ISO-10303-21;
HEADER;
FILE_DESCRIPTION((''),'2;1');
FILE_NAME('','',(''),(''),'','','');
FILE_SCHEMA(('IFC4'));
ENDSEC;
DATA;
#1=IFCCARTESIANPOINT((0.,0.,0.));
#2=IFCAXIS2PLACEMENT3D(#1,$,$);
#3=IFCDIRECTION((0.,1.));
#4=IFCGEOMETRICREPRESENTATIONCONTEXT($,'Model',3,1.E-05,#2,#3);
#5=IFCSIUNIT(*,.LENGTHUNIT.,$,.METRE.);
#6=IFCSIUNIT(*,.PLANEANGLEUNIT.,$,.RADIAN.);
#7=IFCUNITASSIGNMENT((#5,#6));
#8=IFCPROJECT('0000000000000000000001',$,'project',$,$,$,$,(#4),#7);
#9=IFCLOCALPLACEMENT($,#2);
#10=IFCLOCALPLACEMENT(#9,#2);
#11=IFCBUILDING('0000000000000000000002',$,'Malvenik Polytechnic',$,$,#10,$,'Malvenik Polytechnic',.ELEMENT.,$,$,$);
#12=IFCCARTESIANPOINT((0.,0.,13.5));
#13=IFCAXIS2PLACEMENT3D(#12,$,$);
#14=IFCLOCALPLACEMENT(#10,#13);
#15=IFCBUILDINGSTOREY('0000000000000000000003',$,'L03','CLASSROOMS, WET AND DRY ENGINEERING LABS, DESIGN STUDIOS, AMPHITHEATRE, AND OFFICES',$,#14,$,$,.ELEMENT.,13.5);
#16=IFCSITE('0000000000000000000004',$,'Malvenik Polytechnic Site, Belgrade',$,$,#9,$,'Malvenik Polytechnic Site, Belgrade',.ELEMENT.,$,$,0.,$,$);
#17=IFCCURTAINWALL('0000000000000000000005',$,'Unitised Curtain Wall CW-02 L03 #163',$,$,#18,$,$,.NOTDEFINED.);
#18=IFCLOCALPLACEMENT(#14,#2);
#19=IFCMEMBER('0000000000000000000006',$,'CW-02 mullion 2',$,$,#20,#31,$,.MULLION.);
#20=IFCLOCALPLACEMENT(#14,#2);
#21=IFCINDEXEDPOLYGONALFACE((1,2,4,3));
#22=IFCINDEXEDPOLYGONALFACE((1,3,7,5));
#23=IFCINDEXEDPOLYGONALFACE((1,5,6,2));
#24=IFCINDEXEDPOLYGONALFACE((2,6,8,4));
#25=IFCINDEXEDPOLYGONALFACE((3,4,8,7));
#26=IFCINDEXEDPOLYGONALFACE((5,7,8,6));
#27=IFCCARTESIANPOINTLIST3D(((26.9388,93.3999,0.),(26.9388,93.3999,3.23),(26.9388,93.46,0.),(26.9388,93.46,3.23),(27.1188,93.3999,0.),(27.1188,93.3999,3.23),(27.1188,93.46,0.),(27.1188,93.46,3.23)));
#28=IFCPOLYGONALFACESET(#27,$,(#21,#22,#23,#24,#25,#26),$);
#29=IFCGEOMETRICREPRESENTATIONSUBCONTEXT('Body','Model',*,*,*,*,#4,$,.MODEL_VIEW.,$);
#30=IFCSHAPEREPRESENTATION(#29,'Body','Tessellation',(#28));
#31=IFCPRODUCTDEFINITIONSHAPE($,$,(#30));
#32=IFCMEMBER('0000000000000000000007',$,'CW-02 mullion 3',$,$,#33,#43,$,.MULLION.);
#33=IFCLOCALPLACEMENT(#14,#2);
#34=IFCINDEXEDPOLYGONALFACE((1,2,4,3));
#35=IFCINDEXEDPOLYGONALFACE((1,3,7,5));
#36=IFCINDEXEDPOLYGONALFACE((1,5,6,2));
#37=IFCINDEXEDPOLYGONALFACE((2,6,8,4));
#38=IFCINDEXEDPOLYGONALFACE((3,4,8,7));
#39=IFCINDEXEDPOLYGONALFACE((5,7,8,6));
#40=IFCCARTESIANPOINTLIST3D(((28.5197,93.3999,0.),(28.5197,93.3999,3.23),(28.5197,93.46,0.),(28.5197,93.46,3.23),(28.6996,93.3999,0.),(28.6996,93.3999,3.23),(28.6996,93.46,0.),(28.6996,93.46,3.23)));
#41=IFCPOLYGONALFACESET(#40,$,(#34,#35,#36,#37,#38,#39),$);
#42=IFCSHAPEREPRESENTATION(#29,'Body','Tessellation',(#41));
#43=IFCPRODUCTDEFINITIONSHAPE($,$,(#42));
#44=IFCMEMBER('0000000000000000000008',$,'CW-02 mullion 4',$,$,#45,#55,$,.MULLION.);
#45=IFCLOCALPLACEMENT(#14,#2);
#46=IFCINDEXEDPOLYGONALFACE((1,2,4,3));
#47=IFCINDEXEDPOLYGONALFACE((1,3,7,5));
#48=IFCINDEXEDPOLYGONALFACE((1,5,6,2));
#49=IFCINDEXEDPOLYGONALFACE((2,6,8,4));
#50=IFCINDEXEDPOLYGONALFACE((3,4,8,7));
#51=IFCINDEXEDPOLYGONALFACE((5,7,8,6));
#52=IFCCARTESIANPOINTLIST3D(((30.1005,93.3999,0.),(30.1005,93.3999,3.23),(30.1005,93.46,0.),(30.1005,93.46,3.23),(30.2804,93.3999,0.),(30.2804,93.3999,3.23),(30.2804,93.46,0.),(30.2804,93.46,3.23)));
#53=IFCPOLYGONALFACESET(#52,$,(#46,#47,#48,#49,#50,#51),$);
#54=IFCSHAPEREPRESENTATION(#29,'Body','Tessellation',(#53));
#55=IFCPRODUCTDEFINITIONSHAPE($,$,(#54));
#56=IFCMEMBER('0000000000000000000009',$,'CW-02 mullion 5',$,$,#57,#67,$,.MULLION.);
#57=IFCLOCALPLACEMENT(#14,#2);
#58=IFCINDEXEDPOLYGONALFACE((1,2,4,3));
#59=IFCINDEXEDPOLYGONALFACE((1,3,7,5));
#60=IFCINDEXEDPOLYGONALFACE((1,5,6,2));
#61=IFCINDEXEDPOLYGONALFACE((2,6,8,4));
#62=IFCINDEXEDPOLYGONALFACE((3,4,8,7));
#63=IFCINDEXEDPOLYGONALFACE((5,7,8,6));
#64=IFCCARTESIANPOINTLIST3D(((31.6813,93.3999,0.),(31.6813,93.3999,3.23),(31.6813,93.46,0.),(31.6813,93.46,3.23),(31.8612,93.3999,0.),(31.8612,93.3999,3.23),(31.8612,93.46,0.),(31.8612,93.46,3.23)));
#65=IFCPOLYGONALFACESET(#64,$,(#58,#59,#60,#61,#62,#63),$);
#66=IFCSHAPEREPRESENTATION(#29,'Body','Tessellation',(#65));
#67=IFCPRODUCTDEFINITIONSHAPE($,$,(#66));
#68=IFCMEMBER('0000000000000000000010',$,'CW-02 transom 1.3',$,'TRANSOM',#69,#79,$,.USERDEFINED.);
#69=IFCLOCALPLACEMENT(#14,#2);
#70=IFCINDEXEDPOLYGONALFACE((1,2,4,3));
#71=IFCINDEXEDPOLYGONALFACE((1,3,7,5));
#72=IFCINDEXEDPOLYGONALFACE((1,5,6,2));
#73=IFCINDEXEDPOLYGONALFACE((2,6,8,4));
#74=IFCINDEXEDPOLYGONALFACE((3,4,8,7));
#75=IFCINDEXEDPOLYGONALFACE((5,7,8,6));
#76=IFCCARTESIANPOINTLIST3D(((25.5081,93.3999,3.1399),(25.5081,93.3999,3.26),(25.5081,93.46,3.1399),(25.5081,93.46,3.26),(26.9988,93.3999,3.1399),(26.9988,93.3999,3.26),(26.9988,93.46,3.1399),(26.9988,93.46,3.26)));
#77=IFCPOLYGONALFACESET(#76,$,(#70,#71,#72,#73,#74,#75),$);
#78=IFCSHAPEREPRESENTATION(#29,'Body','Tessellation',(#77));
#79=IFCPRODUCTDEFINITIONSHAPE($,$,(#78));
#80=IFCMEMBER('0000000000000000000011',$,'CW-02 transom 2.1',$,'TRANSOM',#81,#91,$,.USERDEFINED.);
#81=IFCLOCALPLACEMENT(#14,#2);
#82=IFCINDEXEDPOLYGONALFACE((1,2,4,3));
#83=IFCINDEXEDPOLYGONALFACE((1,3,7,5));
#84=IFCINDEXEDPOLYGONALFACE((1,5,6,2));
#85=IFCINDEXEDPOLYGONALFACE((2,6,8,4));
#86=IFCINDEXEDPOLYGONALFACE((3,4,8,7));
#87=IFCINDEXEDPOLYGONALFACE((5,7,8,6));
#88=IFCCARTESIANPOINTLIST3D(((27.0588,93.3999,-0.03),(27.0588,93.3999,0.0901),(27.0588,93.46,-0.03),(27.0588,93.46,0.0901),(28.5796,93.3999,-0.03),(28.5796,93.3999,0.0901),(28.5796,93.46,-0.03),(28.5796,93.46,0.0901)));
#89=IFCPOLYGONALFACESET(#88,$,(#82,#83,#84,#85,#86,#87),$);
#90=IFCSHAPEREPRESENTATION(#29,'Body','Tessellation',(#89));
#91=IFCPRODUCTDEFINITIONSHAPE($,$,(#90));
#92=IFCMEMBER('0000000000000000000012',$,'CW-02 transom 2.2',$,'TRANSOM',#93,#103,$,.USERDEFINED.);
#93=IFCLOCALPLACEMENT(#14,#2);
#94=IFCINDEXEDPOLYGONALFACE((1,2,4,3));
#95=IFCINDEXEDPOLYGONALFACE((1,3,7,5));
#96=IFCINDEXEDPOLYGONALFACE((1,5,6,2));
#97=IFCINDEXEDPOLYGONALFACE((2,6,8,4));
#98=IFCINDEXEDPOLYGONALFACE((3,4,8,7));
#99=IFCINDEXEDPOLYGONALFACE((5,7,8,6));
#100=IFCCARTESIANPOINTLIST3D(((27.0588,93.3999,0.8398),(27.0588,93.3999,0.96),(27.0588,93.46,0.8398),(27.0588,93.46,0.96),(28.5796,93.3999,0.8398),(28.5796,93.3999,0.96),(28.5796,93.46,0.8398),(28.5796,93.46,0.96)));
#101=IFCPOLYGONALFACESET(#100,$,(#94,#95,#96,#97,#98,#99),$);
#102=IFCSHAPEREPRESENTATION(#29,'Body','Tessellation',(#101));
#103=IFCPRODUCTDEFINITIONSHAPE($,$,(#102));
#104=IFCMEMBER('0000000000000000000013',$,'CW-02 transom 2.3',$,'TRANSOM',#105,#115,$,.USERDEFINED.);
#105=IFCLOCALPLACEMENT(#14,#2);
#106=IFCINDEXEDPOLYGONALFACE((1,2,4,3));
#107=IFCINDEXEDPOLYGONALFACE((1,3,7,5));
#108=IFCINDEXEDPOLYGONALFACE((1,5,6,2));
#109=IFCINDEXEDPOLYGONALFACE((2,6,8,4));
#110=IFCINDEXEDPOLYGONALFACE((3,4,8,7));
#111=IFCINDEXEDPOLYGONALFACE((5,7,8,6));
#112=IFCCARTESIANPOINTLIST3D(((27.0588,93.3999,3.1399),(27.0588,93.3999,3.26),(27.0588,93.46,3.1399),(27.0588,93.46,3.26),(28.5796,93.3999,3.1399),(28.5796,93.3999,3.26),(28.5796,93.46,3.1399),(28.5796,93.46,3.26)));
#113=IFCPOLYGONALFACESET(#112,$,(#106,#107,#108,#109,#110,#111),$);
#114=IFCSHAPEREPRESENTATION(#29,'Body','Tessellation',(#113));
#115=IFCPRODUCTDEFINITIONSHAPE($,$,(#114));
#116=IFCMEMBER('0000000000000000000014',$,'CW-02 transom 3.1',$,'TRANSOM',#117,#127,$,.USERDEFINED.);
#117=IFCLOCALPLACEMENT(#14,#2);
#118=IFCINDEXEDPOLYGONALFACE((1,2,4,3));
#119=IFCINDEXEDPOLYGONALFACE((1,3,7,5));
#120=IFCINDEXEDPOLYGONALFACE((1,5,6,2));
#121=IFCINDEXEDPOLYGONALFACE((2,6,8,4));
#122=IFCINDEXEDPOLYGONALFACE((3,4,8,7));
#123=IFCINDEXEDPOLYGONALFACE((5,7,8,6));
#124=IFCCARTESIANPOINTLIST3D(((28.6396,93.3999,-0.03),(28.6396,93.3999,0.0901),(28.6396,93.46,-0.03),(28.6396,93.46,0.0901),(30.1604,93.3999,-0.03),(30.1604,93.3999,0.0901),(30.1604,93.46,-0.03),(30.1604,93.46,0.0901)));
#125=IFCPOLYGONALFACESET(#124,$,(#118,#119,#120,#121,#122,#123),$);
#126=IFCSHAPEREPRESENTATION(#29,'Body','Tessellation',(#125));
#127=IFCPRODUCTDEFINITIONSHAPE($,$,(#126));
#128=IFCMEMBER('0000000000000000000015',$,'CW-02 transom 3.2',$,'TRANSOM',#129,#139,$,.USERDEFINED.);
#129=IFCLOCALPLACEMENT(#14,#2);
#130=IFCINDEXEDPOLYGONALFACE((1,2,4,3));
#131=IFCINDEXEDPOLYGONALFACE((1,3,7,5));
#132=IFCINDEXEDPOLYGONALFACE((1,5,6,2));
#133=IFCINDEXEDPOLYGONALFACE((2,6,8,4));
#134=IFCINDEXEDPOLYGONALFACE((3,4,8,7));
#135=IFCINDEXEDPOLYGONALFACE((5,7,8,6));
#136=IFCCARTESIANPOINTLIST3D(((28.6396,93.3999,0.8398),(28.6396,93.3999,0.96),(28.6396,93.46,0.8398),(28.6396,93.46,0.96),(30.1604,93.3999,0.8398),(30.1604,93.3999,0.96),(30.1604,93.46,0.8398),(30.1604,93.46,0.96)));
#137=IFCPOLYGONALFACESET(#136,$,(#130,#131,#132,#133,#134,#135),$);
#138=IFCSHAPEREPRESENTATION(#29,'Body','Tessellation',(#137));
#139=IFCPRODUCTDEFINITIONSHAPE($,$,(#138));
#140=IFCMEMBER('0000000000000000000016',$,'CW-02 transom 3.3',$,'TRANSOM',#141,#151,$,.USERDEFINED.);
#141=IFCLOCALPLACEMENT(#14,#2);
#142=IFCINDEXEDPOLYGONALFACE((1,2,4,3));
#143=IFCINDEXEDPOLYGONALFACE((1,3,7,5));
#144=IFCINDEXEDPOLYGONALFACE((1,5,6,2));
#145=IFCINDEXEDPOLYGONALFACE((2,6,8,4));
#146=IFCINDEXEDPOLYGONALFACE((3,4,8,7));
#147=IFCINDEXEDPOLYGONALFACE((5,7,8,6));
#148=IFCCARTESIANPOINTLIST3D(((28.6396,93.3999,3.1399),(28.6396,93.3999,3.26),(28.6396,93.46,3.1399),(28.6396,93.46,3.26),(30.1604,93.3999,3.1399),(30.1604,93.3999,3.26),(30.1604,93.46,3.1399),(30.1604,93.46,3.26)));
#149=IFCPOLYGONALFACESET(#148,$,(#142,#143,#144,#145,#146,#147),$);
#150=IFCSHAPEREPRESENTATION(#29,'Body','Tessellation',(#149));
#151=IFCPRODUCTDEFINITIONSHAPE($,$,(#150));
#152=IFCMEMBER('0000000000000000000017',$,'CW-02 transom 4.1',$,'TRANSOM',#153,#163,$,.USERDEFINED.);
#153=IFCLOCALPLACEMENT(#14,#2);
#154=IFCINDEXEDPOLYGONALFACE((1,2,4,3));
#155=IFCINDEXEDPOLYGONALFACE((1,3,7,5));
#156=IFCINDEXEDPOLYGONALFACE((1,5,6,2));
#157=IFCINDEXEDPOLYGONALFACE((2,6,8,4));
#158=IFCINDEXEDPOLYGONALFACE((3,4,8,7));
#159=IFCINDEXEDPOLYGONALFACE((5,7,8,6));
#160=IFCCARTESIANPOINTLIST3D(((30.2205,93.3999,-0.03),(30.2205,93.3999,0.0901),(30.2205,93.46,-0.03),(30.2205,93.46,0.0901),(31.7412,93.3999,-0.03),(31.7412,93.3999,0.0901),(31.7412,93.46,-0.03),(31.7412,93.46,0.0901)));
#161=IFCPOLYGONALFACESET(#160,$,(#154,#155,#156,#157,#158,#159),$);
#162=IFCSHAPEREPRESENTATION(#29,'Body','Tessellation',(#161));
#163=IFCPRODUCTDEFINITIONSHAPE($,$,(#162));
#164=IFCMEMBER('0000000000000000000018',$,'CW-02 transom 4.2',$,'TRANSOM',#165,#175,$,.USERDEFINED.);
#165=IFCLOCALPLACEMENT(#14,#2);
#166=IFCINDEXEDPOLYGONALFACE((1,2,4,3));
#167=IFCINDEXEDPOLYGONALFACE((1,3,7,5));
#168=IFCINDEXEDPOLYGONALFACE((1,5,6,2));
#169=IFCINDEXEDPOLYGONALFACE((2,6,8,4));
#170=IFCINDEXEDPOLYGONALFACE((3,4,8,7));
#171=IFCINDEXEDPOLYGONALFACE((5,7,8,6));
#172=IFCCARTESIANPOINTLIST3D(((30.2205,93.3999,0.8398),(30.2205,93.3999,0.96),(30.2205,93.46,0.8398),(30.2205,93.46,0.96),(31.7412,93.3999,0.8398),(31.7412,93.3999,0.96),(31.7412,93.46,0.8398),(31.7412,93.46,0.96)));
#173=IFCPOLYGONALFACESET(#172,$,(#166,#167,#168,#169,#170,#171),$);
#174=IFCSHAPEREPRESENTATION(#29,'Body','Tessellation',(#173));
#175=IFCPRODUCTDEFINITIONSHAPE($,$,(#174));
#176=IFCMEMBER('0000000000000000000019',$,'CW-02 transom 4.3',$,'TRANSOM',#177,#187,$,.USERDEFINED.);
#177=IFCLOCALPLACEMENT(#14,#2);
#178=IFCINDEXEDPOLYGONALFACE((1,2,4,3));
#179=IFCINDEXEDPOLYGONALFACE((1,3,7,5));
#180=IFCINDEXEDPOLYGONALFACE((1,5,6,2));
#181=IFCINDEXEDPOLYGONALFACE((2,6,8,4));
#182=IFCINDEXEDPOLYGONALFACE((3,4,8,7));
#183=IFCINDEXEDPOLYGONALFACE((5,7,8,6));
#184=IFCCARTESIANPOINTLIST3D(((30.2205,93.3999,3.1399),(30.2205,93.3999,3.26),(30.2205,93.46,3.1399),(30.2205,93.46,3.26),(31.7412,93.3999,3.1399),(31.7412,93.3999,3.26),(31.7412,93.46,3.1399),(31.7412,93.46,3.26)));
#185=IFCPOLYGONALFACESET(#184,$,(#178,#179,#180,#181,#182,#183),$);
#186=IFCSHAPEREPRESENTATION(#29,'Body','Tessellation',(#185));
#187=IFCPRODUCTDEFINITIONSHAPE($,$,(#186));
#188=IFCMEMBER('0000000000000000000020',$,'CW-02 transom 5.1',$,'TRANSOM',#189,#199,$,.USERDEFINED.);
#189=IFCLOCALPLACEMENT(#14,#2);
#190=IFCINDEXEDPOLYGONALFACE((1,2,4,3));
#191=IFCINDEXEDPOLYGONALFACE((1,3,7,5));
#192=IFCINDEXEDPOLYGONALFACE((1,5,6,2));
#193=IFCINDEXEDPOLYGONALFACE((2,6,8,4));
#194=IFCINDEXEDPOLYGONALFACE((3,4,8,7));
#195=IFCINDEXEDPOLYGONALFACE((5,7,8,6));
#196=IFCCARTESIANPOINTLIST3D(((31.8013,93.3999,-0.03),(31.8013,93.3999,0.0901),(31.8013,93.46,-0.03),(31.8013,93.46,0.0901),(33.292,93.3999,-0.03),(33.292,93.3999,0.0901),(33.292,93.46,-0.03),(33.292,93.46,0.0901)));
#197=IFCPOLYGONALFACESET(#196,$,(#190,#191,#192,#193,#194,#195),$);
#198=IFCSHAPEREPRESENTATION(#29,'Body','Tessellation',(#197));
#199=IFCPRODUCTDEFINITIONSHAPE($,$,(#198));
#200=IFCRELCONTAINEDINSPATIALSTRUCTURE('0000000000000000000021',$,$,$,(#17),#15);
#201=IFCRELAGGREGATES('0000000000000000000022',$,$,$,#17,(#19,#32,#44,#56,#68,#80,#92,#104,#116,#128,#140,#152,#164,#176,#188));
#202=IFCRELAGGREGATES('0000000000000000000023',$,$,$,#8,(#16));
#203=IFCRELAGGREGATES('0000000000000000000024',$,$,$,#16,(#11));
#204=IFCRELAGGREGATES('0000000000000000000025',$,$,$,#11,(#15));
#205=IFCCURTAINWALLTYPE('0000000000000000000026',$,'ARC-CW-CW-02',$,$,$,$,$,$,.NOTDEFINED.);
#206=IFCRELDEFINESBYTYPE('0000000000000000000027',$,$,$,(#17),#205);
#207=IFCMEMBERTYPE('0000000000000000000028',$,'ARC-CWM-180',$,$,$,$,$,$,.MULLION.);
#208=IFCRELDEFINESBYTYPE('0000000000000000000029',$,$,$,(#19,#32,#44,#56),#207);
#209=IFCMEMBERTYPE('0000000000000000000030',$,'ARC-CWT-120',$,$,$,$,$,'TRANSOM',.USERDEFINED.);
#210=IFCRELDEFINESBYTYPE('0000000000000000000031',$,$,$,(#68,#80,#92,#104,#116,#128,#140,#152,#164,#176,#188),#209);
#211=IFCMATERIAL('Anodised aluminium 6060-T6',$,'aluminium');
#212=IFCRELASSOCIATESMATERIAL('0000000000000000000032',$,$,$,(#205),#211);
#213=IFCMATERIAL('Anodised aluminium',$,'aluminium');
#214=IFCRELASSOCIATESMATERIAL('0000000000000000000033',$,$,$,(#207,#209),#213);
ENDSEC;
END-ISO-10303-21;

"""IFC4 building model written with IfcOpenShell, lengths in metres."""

from ifc_helpers import new_model, si_unit, direction, frame, origin, origin_2d, place, context, subcontext, project, spatial, rectangle, extrude, material, material_profile, profile_set, type_object, element, aggregate, save


model = new_model("IFC4")

# Units and contexts
model_context = context("Model", 3, precision=1e-05, world=origin(), true_north=direction((0.0, 1.0)))
body_context = subcontext(model_context, "Body", "Model", "MODEL_VIEW")
ifc_project = project(units=[si_unit("LENGTHUNIT", "METRE"), si_unit("PLANEANGLEUNIT", "RADIAN")], contexts=[model_context])

# Site, building, storey
site_placement = place(None, origin())
site = spatial("IfcSite", under=ifc_project, at=site_placement, Name="Malvenik Polytechnic Site, Belgrade", LongName="Malvenik Polytechnic Site, Belgrade", CompositionType="ELEMENT", RefElevation=0.0)
building_placement = place(site_placement, origin())
building = spatial("IfcBuilding", under=site, at=building_placement, Name="Malvenik Polytechnic", LongName="Malvenik Polytechnic", CompositionType="ELEMENT")
storey_placement = place(building_placement, frame((0.0, 0.0, 13.5)))
storey = spatial("IfcBuildingStorey", under=building, at=storey_placement, Name="L03", Description="CLASSROOMS, WET AND DRY ENGINEERING LABS, DESIGN STUDIOS, AMPHITHEATRE, AND OFFICES", CompositionType="ELEMENT", Elevation=13.5)

# Curtain wall, members
ifc_material_1 = material(Name="Anodised aluminium 6060-T6", Category="aluminium")
curtain_wall_type = type_object("IfcCurtainWallType", Name="ARC-CW-CW-02", PredefinedType="NOTDEFINED", material=ifc_material_1)
curtain_wall_placement = place(storey_placement, origin())
curtain_wall = element("IfcCurtainWall", 1, at=curtain_wall_placement, inside=storey, type_object=curtain_wall_type, Name="Unitised Curtain Wall CW-02 L03 #163", PredefinedType="NOTDEFINED")
ifc_material_2 = material(Name="Anodised aluminium", Category="aluminium")
ifc_material_profile_1 = material_profile(ifc_material_2, rectangle(XDim=0.0601, YDim=0.1799, at=origin_2d()), Name="ALU MULLION 60x180")
ifc_profile_set_1 = profile_set([ifc_material_profile_1], Name="Anodised aluminium")
member_type_1 = type_object("IfcMemberType", Name="ARC-CWM-180", PredefinedType="MULLION", material=ifc_profile_set_1)
member_1_placement = place(storey_placement, frame((27.0288, 93.4299, 0.0), z_axis=(0.0, 0.0, 1.0), x_axis=(0.0, 1.0, 0.0)))
member_1 = element("IfcMember", 2, at=member_1_placement, type_object=member_type_1, Name="CW-02 mullion 2", PredefinedType="MULLION", context=body_context, shape_type="SweptSolid", body=[
    extrude(rectangle(XDim=0.0601, YDim=0.1799, at=origin_2d()), origin(), (0.0, 0.0, 1.0), 3.23),
])
member_2_placement = place(storey_placement, frame((28.6096, 93.4299, 0.0), z_axis=(0.0, 0.0, 1.0), x_axis=(0.0, 1.0, 0.0)))
member_2 = element("IfcMember", 3, at=member_2_placement, type_object=member_type_1, Name="CW-02 mullion 3", PredefinedType="MULLION", context=body_context, shape_type="SweptSolid", body=[
    extrude(rectangle(XDim=0.0601, YDim=0.1799, at=origin_2d()), origin(), (0.0, 0.0, 1.0), 3.23),
])
member_3_placement = place(storey_placement, frame((30.1904, 93.4299, 0.0), z_axis=(0.0, 0.0, 1.0), x_axis=(0.0, 1.0, 0.0)))
member_3 = element("IfcMember", 4, at=member_3_placement, type_object=member_type_1, Name="CW-02 mullion 4", PredefinedType="MULLION", context=body_context, shape_type="SweptSolid", body=[
    extrude(rectangle(XDim=0.0601, YDim=0.1799, at=origin_2d()), origin(), (0.0, 0.0, 1.0), 3.23),
])
member_4_placement = place(storey_placement, frame((31.7712, 93.4299, 0.0), z_axis=(0.0, 0.0, 1.0), x_axis=(0.0, 1.0, 0.0)))
member_4 = element("IfcMember", 5, at=member_4_placement, type_object=member_type_1, Name="CW-02 mullion 5", PredefinedType="MULLION", context=body_context, shape_type="SweptSolid", body=[
    extrude(rectangle(XDim=0.0601, YDim=0.1799, at=origin_2d()), origin(), (0.0, 0.0, 1.0), 3.23),
])
ifc_material_profile_2 = material_profile(ifc_material_2, rectangle(XDim=0.0601, YDim=0.1201, at=origin_2d()), Name="ALU TRANSOM 60x120")
ifc_profile_set_2 = profile_set([ifc_material_profile_2], Name="Anodised aluminium")
member_type_2 = type_object("IfcMemberType", Name="ARC-CWT-120", ElementType="TRANSOM", PredefinedType="USERDEFINED", material=ifc_profile_set_2)
member_5_placement = place(storey_placement, frame((25.5081, 93.4299, 3.2), z_axis=(1.0, 0.0, 0.0), x_axis=(0.0, 1.0, 0.0)))
member_5 = element("IfcMember", 6, at=member_5_placement, type_object=member_type_2, Name="CW-02 transom 1.3", ObjectType="TRANSOM", PredefinedType="USERDEFINED", context=body_context, shape_type="SweptSolid", body=[
    extrude(rectangle(XDim=0.0601, YDim=0.1201, at=origin_2d()), origin(), (0.0, 0.0, 1.0), 1.4907),
])
member_6_placement = place(storey_placement, frame((27.0588, 93.4299, 0.03), z_axis=(1.0, 0.0, 0.0), x_axis=(0.0, 1.0, 0.0)))
member_6 = element("IfcMember", 7, at=member_6_placement, type_object=member_type_2, Name="CW-02 transom 2.1", ObjectType="TRANSOM", PredefinedType="USERDEFINED", context=body_context, shape_type="SweptSolid", body=[
    extrude(rectangle(XDim=0.0601, YDim=0.1201, at=origin_2d()), origin(), (0.0, 0.0, 1.0), 1.5208),
])
member_7_placement = place(storey_placement, frame((27.0588, 93.4299, 0.8999), z_axis=(1.0, 0.0, 0.0), x_axis=(0.0, 1.0, 0.0)))
member_7 = element("IfcMember", 8, at=member_7_placement, type_object=member_type_2, Name="CW-02 transom 2.2", ObjectType="TRANSOM", PredefinedType="USERDEFINED", context=body_context, shape_type="SweptSolid", body=[
    extrude(rectangle(XDim=0.0601, YDim=0.1201, at=origin_2d()), origin(), (0.0, 0.0, 1.0), 1.5208),
])
member_8_placement = place(storey_placement, frame((27.0588, 93.4299, 3.2), z_axis=(1.0, 0.0, 0.0), x_axis=(0.0, 1.0, 0.0)))
member_8 = element("IfcMember", 9, at=member_8_placement, type_object=member_type_2, Name="CW-02 transom 2.3", ObjectType="TRANSOM", PredefinedType="USERDEFINED", context=body_context, shape_type="SweptSolid", body=[
    extrude(rectangle(XDim=0.0601, YDim=0.1201, at=origin_2d()), origin(), (0.0, 0.0, 1.0), 1.5208),
])
member_9_placement = place(storey_placement, frame((28.6396, 93.4299, 0.03), z_axis=(1.0, 0.0, 0.0), x_axis=(0.0, 1.0, 0.0)))
member_9 = element("IfcMember", 10, at=member_9_placement, type_object=member_type_2, Name="CW-02 transom 3.1", ObjectType="TRANSOM", PredefinedType="USERDEFINED", context=body_context, shape_type="SweptSolid", body=[
    extrude(rectangle(XDim=0.0601, YDim=0.1201, at=origin_2d()), origin(), (0.0, 0.0, 1.0), 1.5208),
])
member_10_placement = place(storey_placement, frame((28.6396, 93.4299, 0.8999), z_axis=(1.0, 0.0, 0.0), x_axis=(0.0, 1.0, 0.0)))
member_10 = element("IfcMember", 11, at=member_10_placement, type_object=member_type_2, Name="CW-02 transom 3.2", ObjectType="TRANSOM", PredefinedType="USERDEFINED", context=body_context, shape_type="SweptSolid", body=[
    extrude(rectangle(XDim=0.0601, YDim=0.1201, at=origin_2d()), origin(), (0.0, 0.0, 1.0), 1.5208),
])
member_11_placement = place(storey_placement, frame((28.6396, 93.4299, 3.2), z_axis=(1.0, 0.0, 0.0), x_axis=(0.0, 1.0, 0.0)))
member_11 = element("IfcMember", 12, at=member_11_placement, type_object=member_type_2, Name="CW-02 transom 3.3", ObjectType="TRANSOM", PredefinedType="USERDEFINED", context=body_context, shape_type="SweptSolid", body=[
    extrude(rectangle(XDim=0.0601, YDim=0.1201, at=origin_2d()), origin(), (0.0, 0.0, 1.0), 1.5208),
])
member_12_placement = place(storey_placement, frame((30.2205, 93.4299, 0.03), z_axis=(1.0, 0.0, 0.0), x_axis=(0.0, 1.0, 0.0)))
member_12 = element("IfcMember", 13, at=member_12_placement, type_object=member_type_2, Name="CW-02 transom 4.1", ObjectType="TRANSOM", PredefinedType="USERDEFINED", context=body_context, shape_type="SweptSolid", body=[
    extrude(rectangle(XDim=0.0601, YDim=0.1201, at=origin_2d()), origin(), (0.0, 0.0, 1.0), 1.5208),
])
member_13_placement = place(storey_placement, frame((30.2205, 93.4299, 0.8999), z_axis=(1.0, 0.0, 0.0), x_axis=(0.0, 1.0, 0.0)))
member_13 = element("IfcMember", 14, at=member_13_placement, type_object=member_type_2, Name="CW-02 transom 4.2", ObjectType="TRANSOM", PredefinedType="USERDEFINED", context=body_context, shape_type="SweptSolid", body=[
    extrude(rectangle(XDim=0.0601, YDim=0.1201, at=origin_2d()), origin(), (0.0, 0.0, 1.0), 1.5208),
])
member_14_placement = place(storey_placement, frame((30.2205, 93.4299, 3.2), z_axis=(1.0, 0.0, 0.0), x_axis=(0.0, 1.0, 0.0)))
member_14 = element("IfcMember", 15, at=member_14_placement, type_object=member_type_2, Name="CW-02 transom 4.3", ObjectType="TRANSOM", PredefinedType="USERDEFINED", context=body_context, shape_type="SweptSolid", body=[
    extrude(rectangle(XDim=0.0601, YDim=0.1201, at=origin_2d()), origin(), (0.0, 0.0, 1.0), 1.5208),
])
member_15_placement = place(storey_placement, frame((31.8013, 93.4299, 0.03), z_axis=(1.0, 0.0, 0.0), x_axis=(0.0, 1.0, 0.0)))
member_15 = element("IfcMember", 16, at=member_15_placement, type_object=member_type_2, Name="CW-02 transom 5.1", ObjectType="TRANSOM", PredefinedType="USERDEFINED", context=body_context, shape_type="SweptSolid", body=[
    extrude(rectangle(XDim=0.0601, YDim=0.1201, at=origin_2d()), origin(), (0.0, 0.0, 1.0), 1.4907),
])
aggregate(curtain_wall, [member_1, member_2, member_3, member_4, member_5, member_6, member_7, member_8, member_9, member_10, member_11, member_12, member_13, member_14, member_15])

save(model, "model.ifc")
